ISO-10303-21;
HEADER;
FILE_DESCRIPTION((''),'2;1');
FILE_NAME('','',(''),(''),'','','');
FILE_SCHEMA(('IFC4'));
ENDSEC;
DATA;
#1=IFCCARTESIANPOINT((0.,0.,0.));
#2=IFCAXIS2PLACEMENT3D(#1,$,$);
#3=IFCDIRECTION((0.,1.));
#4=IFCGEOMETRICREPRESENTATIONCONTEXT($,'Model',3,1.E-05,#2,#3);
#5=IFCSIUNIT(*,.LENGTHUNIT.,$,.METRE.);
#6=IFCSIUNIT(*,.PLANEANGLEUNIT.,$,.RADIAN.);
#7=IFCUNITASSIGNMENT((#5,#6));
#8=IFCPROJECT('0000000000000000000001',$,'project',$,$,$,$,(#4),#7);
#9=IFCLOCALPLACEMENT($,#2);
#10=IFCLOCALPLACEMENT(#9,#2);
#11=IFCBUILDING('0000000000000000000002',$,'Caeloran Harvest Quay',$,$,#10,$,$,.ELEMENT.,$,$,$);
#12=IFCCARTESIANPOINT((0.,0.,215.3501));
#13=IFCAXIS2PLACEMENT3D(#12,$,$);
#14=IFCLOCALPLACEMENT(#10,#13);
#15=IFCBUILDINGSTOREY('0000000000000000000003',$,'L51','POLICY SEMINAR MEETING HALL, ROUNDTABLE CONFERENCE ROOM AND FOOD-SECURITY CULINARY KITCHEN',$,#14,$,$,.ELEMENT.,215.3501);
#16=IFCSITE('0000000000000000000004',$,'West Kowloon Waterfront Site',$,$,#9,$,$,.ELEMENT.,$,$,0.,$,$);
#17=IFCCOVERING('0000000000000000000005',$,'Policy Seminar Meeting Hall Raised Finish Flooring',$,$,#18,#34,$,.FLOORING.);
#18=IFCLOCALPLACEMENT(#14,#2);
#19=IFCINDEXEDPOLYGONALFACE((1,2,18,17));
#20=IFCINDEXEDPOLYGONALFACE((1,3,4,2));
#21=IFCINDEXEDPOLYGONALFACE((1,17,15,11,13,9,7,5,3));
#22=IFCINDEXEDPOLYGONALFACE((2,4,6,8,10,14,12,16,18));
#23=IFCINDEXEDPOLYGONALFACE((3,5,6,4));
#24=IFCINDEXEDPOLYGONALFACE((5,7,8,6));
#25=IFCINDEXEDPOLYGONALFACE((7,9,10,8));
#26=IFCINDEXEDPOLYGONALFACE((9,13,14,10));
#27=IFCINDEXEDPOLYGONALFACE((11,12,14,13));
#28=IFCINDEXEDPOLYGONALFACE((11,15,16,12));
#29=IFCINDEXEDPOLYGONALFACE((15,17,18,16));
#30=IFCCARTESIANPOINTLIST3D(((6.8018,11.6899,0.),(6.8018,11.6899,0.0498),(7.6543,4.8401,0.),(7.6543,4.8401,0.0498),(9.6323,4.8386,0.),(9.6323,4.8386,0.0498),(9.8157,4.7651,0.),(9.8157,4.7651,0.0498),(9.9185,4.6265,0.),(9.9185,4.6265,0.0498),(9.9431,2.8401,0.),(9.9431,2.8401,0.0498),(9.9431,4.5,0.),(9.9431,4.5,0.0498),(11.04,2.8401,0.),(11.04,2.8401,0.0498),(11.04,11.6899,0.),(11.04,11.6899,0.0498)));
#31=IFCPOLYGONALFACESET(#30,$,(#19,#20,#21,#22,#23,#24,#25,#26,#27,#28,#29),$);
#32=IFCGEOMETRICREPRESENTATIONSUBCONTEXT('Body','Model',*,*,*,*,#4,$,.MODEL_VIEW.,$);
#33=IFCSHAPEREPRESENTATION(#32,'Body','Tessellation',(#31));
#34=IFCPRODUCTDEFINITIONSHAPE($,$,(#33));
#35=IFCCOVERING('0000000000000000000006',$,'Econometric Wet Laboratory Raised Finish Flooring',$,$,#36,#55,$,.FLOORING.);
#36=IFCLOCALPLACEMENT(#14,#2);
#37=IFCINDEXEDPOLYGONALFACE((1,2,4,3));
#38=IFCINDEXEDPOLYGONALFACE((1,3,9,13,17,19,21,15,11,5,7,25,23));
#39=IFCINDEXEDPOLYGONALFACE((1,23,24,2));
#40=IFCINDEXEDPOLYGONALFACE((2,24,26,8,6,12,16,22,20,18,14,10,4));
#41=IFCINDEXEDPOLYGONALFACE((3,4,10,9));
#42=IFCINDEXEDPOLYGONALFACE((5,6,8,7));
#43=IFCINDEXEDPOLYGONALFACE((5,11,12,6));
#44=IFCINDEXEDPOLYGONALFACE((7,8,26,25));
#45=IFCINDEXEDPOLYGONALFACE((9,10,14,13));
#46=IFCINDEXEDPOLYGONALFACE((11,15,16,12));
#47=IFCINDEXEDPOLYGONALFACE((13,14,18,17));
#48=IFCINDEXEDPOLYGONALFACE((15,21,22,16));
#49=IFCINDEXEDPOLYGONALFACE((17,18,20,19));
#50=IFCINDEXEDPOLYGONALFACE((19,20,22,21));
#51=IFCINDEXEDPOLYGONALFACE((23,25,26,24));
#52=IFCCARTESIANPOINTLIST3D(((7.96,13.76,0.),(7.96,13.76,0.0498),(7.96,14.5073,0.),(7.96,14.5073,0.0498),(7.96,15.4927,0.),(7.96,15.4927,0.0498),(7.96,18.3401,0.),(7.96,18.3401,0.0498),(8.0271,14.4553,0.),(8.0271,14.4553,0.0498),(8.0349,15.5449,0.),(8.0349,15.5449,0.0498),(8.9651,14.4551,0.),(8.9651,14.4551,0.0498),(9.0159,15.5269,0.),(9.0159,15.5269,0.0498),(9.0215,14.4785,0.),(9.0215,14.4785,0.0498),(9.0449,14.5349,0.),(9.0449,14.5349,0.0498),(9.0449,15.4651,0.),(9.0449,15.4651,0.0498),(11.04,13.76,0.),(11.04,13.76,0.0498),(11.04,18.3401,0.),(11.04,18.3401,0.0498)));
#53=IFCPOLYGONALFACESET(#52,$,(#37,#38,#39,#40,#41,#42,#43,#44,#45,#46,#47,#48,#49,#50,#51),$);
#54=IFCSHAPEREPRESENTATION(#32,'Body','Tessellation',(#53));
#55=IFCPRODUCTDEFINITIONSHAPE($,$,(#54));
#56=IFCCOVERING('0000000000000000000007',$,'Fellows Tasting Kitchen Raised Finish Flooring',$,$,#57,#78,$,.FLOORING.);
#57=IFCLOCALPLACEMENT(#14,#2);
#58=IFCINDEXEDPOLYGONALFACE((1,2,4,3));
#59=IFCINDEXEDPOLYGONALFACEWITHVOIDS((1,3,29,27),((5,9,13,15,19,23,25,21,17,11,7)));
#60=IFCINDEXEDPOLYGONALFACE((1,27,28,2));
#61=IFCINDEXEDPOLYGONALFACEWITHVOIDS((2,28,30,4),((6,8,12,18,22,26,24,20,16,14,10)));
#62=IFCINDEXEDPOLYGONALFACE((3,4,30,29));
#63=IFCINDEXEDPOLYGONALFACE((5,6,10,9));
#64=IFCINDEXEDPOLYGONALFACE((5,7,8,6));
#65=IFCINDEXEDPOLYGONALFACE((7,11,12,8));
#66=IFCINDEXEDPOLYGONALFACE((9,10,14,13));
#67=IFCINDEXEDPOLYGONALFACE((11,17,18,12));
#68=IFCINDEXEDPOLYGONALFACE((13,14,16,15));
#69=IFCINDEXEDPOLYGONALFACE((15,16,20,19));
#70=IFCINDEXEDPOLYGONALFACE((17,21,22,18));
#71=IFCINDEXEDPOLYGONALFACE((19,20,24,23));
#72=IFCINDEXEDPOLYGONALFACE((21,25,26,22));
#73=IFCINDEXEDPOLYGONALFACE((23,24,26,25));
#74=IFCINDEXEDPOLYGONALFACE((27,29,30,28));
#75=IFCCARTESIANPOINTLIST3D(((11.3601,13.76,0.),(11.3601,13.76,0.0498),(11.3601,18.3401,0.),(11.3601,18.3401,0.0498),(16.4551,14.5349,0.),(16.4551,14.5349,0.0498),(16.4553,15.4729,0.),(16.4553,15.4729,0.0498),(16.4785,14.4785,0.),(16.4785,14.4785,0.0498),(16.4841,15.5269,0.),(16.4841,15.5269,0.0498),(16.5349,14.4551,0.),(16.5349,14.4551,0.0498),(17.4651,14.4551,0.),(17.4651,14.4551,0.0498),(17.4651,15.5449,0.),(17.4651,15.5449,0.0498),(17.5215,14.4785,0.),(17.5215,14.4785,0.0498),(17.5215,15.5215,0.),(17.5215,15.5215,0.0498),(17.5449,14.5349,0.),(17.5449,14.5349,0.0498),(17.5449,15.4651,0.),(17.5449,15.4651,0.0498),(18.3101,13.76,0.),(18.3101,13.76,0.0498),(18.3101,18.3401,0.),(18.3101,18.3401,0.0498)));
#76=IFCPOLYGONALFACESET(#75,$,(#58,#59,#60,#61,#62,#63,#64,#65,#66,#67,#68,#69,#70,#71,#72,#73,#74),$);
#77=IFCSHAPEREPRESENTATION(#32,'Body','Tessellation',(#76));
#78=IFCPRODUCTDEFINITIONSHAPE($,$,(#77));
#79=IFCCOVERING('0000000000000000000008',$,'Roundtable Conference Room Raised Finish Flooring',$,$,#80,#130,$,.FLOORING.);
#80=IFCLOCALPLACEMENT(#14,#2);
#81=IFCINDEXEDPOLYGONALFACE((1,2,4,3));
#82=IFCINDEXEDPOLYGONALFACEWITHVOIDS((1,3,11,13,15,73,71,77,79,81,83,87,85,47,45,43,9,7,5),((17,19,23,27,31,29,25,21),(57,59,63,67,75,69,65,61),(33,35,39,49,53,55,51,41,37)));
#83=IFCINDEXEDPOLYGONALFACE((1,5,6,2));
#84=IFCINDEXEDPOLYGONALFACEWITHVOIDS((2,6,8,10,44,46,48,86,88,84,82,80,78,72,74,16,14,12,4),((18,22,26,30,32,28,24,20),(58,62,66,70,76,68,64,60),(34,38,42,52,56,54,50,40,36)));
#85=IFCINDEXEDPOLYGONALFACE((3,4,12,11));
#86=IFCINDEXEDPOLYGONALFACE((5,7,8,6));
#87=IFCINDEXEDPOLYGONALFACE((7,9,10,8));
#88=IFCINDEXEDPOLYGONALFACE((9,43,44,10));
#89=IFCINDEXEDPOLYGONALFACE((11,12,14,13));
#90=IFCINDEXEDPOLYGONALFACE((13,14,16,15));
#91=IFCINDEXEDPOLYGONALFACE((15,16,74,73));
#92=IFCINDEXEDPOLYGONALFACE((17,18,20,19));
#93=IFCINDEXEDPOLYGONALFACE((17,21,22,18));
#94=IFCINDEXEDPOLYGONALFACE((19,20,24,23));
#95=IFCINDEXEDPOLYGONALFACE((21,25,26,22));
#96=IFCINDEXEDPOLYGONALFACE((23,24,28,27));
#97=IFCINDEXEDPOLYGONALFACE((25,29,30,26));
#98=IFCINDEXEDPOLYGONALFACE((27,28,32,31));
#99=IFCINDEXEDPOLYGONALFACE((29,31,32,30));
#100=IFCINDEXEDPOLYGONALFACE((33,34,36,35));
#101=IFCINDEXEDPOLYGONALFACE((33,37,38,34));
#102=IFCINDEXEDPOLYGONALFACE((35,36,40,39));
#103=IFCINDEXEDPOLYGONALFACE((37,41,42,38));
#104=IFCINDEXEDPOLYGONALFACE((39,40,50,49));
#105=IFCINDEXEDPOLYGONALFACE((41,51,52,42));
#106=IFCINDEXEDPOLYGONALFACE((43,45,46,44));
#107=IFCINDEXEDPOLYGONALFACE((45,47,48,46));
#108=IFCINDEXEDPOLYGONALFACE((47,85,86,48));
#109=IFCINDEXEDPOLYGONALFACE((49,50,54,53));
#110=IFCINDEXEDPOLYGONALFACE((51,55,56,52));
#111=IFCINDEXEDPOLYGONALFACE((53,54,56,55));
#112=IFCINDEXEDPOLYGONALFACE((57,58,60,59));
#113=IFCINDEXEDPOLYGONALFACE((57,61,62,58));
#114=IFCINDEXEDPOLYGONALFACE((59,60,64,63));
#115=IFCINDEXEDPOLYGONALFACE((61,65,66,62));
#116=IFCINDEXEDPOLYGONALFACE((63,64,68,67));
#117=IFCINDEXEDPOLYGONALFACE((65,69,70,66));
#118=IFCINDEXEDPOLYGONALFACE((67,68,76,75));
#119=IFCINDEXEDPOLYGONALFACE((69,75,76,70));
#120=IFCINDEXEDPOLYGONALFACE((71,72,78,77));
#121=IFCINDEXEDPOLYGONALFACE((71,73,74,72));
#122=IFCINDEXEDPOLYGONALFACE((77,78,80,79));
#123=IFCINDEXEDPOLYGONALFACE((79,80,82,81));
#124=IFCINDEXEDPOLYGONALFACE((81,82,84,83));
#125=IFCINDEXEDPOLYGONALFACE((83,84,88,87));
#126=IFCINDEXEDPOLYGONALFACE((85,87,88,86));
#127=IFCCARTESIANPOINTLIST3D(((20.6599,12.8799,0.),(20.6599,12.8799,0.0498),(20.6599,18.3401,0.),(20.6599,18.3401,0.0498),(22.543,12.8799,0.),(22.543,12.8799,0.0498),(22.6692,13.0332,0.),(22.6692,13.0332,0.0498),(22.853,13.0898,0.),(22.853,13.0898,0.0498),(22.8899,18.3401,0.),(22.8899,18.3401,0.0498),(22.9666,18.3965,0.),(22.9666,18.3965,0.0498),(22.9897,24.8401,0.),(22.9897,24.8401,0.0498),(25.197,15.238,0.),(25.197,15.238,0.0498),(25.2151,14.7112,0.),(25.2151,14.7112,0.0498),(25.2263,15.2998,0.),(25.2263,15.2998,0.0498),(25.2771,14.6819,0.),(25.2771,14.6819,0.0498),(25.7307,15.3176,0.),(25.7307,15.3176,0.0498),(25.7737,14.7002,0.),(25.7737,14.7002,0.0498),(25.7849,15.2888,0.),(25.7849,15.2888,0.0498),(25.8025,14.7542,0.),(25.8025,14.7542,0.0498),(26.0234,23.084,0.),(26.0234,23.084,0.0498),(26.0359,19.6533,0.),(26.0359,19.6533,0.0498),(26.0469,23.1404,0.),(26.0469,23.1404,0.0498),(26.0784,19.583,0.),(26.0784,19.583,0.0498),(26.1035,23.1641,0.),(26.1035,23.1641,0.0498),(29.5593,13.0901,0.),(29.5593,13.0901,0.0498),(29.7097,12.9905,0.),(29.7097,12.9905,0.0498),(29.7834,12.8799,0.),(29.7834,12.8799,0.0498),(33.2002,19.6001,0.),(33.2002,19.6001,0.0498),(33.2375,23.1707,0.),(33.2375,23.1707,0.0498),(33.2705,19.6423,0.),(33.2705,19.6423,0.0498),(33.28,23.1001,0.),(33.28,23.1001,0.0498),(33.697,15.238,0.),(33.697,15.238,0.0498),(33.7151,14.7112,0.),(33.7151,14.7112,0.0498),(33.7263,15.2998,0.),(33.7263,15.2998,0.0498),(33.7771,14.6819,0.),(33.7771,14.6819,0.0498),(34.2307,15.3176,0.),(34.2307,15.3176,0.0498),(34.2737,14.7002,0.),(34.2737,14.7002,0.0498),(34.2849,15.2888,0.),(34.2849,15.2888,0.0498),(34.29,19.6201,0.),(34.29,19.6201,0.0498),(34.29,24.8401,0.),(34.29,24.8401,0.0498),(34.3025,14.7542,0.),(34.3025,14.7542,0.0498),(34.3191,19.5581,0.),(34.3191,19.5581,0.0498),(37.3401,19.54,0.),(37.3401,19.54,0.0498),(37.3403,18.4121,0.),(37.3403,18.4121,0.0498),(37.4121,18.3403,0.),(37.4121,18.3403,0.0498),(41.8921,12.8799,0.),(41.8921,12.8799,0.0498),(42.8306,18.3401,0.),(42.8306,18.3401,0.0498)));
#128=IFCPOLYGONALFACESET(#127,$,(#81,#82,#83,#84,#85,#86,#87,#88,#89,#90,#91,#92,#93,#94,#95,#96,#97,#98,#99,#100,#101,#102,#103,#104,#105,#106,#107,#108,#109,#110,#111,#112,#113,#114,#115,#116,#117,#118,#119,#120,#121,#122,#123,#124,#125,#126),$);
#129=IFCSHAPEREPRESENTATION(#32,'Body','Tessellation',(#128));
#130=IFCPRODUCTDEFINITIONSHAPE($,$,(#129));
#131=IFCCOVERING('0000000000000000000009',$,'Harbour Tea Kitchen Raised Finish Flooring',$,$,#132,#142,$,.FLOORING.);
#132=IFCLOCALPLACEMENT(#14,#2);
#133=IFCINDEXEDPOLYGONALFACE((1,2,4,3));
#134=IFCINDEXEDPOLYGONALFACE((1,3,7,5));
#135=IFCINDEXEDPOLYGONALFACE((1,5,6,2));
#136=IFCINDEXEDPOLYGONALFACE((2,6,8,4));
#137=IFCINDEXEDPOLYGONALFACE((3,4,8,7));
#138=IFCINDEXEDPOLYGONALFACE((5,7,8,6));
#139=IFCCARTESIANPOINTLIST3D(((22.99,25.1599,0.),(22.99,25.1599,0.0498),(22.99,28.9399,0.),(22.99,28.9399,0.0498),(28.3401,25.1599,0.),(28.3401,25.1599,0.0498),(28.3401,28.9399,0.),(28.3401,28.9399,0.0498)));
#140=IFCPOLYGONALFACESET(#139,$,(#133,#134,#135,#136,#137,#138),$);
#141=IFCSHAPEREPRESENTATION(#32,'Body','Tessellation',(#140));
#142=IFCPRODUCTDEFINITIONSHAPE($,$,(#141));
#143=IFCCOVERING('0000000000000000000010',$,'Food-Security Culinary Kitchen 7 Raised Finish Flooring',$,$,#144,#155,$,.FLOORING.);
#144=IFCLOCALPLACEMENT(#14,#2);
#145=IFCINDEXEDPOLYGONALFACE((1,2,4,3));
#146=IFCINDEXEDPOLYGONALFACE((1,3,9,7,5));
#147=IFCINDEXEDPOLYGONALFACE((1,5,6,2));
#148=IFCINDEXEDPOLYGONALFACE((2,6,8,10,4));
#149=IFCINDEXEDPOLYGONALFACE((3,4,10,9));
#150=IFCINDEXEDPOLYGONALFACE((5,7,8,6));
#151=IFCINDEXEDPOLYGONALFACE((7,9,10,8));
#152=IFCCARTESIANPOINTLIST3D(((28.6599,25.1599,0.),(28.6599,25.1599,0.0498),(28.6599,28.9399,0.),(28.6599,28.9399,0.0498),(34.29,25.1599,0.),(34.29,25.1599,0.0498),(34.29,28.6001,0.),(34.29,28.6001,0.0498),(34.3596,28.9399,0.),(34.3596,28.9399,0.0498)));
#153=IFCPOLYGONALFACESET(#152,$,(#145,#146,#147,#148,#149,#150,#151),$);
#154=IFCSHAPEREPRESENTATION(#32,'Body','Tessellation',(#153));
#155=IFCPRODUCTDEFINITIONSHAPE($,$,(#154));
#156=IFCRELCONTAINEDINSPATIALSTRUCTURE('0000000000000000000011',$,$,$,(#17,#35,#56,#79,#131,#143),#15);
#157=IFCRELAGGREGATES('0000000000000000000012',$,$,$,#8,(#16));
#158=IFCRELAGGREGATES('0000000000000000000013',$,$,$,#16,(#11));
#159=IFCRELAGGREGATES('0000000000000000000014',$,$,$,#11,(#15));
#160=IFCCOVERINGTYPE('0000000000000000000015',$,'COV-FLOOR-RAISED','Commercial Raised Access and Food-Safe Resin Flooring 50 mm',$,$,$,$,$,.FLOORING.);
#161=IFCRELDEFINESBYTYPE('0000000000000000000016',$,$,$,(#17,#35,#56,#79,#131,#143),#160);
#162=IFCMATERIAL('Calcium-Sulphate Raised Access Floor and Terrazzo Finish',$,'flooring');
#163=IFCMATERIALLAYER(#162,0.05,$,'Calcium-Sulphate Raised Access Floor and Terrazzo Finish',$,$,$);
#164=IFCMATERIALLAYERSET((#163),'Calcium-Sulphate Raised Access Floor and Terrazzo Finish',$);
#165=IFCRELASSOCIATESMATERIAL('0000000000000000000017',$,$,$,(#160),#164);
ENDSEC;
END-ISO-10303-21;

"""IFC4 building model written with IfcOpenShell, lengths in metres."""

from ifc_helpers import new_model, si_unit, direction, frame, origin, place, context, subcontext, project, spatial, polyline, outline, extrude, material, layer, layer_set, type_object, element, save


model = new_model("IFC4")

# Units and contexts
model_context = context("Model", 3, precision=1e-05, world=origin(), true_north=direction((0.0, 1.0)))
body_context = subcontext(model_context, "Body", "Model", "MODEL_VIEW")
ifc_project = project(units=[si_unit("LENGTHUNIT", "METRE"), si_unit("PLANEANGLEUNIT", "RADIAN")], contexts=[model_context])

# Site, building, storey
site_placement = place(None, origin())
site = spatial("IfcSite", under=ifc_project, at=site_placement, Name="West Kowloon Waterfront Site", CompositionType="ELEMENT", RefElevation=0.0)
building_placement = place(site_placement, origin())
building = spatial("IfcBuilding", under=site, at=building_placement, Name="Caeloran Harvest Quay", CompositionType="ELEMENT")
storey_placement = place(building_placement, frame((0.0, 0.0, 215.3501)))
storey = spatial("IfcBuildingStorey", under=building, at=storey_placement, Name="L51", Description="POLICY SEMINAR MEETING HALL, ROUNDTABLE CONFERENCE ROOM AND FOOD-SECURITY CULINARY KITCHEN", CompositionType="ELEMENT", Elevation=215.3501)

# Coverings
ifc_material_1 = material(Name="Calcium-Sulphate Raised Access Floor and Terrazzo Finish", Category="flooring")
ifc_layer_1 = layer(ifc_material_1, 0.05, Name="Calcium-Sulphate Raised Access Floor and Terrazzo Finish")
ifc_layer_set_1 = layer_set([ifc_layer_1], Name="Calcium-Sulphate Raised Access Floor and Terrazzo Finish")
covering_type_1 = type_object("IfcCoveringType", Name="COV-FLOOR-RAISED", Description="Commercial Raised Access and Food-Safe Resin Flooring 50 mm", PredefinedType="FLOORING", material=ifc_layer_set_1)
covering_1_placement = place(storey_placement, origin())
element("IfcCovering", 1, at=covering_1_placement, inside=storey, type_object=covering_type_1, Name="Policy Seminar Meeting Hall Raised Finish Flooring", PredefinedType="FLOORING", context=body_context, shape_type="SweptSolid", body=[
    extrude(outline(polyline([(9.9185, 4.6265), (9.8157, 4.7651), (9.6323, 4.8386), (7.6543, 4.8401), (6.8018, 11.6899), (11.04, 11.6899), (11.04, 2.8401), (9.9431, 2.8401), (9.9431, 4.5), (9.9185, 4.6265)])), origin(), (0.0, 0.0, 1.0), 0.0498),
])
covering_2_placement = place(storey_placement, origin())
element("IfcCovering", 2, at=covering_2_placement, inside=storey, type_object=covering_type_1, Name="Econometric Wet Laboratory Raised Finish Flooring", PredefinedType="FLOORING", context=body_context, shape_type="SweptSolid", body=[
    extrude(outline(polyline([(7.96, 14.5073), (8.0271, 14.4553), (8.9651, 14.4551), (9.0215, 14.4785), (9.0449, 14.5349), (9.0449, 15.4651), (9.0159, 15.5269), (8.0349, 15.5449), (7.96, 15.4927), (7.96, 18.3401), (11.04, 18.3401), (11.04, 13.76), (7.96, 13.76), (7.96, 14.5073)])), origin(), (0.0, 0.0, 1.0), 0.0498),
])
covering_3_placement = place(storey_placement, origin())
element("IfcCovering", 3, at=covering_3_placement, inside=storey, type_object=covering_type_1, Name="Fellows Tasting Kitchen Raised Finish Flooring", PredefinedType="FLOORING", context=body_context, shape_type="SweptSolid", body=[
    extrude(outline(polyline([(18.3101, 18.3401), (18.3101, 13.76), (11.3601, 13.76), (11.3601, 18.3401), (18.3101, 18.3401)]), holes=[polyline([(17.4651, 15.5449), (16.4841, 15.5269), (16.4553, 15.4729), (16.4551, 14.5349), (16.4785, 14.4785), (16.5349, 14.4551), (17.4651, 14.4551), (17.5215, 14.4785), (17.5449, 14.5349), (17.5449, 15.4651), (17.5215, 15.5215), (17.4651, 15.5449)])]), origin(), (0.0, 0.0, 1.0), 0.0498),
])
covering_4_placement = place(storey_placement, origin())
element("IfcCovering", 4, at=covering_4_placement, inside=storey, type_object=covering_type_1, Name="Roundtable Conference Room Raised Finish Flooring", PredefinedType="FLOORING", context=body_context, shape_type="SweptSolid", body=[
    extrude(outline(polyline([(22.543, 12.8799), (20.6599, 12.8799), (20.6599, 18.3401), (22.8899, 18.3401), (22.9666, 18.3965), (22.9897, 24.8401), (34.29, 24.8401), (34.29, 19.6201), (34.3191, 19.5581), (37.3401, 19.54), (37.3403, 18.4121), (37.4121, 18.3403), (42.8306, 18.3401), (41.8921, 12.8799), (29.7834, 12.8799), (29.7097, 12.9905), (29.5593, 13.0901), (22.853, 13.0898), (22.6692, 13.0332), (22.543, 12.8799)]), holes=[polyline([(34.3025, 14.7542), (34.2849, 15.2888), (34.2307, 15.3176), (33.7263, 15.2998), (33.697, 15.238), (33.7151, 14.7112), (33.7771, 14.6819), (34.2737, 14.7002), (34.3025, 14.7542)]), polyline([(26.1035, 23.1641), (26.0469, 23.1404), (26.0234, 23.084), (26.0359, 19.6533), (26.0784, 19.583), (33.2002, 19.6001), (33.2705, 19.6423), (33.28, 23.1001), (33.2375, 23.1707), (26.1035, 23.1641)]), polyline([(25.8025, 14.7542), (25.7849, 15.2888), (25.7307, 15.3176), (25.2263, 15.2998), (25.197, 15.238), (25.2151, 14.7112), (25.2771, 14.6819), (25.7737, 14.7002), (25.8025, 14.7542)])]), origin(), (0.0, 0.0, 1.0), 0.0498),
])
covering_5_placement = place(storey_placement, origin())
element("IfcCovering", 5, at=covering_5_placement, inside=storey, type_object=covering_type_1, Name="Harbour Tea Kitchen Raised Finish Flooring", PredefinedType="FLOORING", context=body_context, shape_type="SweptSolid", body=[
    extrude(outline(polyline([(22.99, 25.1599), (22.99, 28.9399), (28.3401, 28.9399), (28.3401, 25.1599), (22.99, 25.1599)])), origin(), (0.0, 0.0, 1.0), 0.0498),
])
covering_6_placement = place(storey_placement, origin())
element("IfcCovering", 6, at=covering_6_placement, inside=storey, type_object=covering_type_1, Name="Food-Security Culinary Kitchen 7 Raised Finish Flooring", PredefinedType="FLOORING", context=body_context, shape_type="SweptSolid", body=[
    extrude(outline(polyline([(34.3596, 28.9399), (34.29, 28.6001), (34.29, 25.1599), (28.6599, 25.1599), (28.6599, 28.9399), (34.3596, 28.9399)])), origin(), (0.0, 0.0, 1.0), 0.0498),
])

save(model, "model.ifc")
